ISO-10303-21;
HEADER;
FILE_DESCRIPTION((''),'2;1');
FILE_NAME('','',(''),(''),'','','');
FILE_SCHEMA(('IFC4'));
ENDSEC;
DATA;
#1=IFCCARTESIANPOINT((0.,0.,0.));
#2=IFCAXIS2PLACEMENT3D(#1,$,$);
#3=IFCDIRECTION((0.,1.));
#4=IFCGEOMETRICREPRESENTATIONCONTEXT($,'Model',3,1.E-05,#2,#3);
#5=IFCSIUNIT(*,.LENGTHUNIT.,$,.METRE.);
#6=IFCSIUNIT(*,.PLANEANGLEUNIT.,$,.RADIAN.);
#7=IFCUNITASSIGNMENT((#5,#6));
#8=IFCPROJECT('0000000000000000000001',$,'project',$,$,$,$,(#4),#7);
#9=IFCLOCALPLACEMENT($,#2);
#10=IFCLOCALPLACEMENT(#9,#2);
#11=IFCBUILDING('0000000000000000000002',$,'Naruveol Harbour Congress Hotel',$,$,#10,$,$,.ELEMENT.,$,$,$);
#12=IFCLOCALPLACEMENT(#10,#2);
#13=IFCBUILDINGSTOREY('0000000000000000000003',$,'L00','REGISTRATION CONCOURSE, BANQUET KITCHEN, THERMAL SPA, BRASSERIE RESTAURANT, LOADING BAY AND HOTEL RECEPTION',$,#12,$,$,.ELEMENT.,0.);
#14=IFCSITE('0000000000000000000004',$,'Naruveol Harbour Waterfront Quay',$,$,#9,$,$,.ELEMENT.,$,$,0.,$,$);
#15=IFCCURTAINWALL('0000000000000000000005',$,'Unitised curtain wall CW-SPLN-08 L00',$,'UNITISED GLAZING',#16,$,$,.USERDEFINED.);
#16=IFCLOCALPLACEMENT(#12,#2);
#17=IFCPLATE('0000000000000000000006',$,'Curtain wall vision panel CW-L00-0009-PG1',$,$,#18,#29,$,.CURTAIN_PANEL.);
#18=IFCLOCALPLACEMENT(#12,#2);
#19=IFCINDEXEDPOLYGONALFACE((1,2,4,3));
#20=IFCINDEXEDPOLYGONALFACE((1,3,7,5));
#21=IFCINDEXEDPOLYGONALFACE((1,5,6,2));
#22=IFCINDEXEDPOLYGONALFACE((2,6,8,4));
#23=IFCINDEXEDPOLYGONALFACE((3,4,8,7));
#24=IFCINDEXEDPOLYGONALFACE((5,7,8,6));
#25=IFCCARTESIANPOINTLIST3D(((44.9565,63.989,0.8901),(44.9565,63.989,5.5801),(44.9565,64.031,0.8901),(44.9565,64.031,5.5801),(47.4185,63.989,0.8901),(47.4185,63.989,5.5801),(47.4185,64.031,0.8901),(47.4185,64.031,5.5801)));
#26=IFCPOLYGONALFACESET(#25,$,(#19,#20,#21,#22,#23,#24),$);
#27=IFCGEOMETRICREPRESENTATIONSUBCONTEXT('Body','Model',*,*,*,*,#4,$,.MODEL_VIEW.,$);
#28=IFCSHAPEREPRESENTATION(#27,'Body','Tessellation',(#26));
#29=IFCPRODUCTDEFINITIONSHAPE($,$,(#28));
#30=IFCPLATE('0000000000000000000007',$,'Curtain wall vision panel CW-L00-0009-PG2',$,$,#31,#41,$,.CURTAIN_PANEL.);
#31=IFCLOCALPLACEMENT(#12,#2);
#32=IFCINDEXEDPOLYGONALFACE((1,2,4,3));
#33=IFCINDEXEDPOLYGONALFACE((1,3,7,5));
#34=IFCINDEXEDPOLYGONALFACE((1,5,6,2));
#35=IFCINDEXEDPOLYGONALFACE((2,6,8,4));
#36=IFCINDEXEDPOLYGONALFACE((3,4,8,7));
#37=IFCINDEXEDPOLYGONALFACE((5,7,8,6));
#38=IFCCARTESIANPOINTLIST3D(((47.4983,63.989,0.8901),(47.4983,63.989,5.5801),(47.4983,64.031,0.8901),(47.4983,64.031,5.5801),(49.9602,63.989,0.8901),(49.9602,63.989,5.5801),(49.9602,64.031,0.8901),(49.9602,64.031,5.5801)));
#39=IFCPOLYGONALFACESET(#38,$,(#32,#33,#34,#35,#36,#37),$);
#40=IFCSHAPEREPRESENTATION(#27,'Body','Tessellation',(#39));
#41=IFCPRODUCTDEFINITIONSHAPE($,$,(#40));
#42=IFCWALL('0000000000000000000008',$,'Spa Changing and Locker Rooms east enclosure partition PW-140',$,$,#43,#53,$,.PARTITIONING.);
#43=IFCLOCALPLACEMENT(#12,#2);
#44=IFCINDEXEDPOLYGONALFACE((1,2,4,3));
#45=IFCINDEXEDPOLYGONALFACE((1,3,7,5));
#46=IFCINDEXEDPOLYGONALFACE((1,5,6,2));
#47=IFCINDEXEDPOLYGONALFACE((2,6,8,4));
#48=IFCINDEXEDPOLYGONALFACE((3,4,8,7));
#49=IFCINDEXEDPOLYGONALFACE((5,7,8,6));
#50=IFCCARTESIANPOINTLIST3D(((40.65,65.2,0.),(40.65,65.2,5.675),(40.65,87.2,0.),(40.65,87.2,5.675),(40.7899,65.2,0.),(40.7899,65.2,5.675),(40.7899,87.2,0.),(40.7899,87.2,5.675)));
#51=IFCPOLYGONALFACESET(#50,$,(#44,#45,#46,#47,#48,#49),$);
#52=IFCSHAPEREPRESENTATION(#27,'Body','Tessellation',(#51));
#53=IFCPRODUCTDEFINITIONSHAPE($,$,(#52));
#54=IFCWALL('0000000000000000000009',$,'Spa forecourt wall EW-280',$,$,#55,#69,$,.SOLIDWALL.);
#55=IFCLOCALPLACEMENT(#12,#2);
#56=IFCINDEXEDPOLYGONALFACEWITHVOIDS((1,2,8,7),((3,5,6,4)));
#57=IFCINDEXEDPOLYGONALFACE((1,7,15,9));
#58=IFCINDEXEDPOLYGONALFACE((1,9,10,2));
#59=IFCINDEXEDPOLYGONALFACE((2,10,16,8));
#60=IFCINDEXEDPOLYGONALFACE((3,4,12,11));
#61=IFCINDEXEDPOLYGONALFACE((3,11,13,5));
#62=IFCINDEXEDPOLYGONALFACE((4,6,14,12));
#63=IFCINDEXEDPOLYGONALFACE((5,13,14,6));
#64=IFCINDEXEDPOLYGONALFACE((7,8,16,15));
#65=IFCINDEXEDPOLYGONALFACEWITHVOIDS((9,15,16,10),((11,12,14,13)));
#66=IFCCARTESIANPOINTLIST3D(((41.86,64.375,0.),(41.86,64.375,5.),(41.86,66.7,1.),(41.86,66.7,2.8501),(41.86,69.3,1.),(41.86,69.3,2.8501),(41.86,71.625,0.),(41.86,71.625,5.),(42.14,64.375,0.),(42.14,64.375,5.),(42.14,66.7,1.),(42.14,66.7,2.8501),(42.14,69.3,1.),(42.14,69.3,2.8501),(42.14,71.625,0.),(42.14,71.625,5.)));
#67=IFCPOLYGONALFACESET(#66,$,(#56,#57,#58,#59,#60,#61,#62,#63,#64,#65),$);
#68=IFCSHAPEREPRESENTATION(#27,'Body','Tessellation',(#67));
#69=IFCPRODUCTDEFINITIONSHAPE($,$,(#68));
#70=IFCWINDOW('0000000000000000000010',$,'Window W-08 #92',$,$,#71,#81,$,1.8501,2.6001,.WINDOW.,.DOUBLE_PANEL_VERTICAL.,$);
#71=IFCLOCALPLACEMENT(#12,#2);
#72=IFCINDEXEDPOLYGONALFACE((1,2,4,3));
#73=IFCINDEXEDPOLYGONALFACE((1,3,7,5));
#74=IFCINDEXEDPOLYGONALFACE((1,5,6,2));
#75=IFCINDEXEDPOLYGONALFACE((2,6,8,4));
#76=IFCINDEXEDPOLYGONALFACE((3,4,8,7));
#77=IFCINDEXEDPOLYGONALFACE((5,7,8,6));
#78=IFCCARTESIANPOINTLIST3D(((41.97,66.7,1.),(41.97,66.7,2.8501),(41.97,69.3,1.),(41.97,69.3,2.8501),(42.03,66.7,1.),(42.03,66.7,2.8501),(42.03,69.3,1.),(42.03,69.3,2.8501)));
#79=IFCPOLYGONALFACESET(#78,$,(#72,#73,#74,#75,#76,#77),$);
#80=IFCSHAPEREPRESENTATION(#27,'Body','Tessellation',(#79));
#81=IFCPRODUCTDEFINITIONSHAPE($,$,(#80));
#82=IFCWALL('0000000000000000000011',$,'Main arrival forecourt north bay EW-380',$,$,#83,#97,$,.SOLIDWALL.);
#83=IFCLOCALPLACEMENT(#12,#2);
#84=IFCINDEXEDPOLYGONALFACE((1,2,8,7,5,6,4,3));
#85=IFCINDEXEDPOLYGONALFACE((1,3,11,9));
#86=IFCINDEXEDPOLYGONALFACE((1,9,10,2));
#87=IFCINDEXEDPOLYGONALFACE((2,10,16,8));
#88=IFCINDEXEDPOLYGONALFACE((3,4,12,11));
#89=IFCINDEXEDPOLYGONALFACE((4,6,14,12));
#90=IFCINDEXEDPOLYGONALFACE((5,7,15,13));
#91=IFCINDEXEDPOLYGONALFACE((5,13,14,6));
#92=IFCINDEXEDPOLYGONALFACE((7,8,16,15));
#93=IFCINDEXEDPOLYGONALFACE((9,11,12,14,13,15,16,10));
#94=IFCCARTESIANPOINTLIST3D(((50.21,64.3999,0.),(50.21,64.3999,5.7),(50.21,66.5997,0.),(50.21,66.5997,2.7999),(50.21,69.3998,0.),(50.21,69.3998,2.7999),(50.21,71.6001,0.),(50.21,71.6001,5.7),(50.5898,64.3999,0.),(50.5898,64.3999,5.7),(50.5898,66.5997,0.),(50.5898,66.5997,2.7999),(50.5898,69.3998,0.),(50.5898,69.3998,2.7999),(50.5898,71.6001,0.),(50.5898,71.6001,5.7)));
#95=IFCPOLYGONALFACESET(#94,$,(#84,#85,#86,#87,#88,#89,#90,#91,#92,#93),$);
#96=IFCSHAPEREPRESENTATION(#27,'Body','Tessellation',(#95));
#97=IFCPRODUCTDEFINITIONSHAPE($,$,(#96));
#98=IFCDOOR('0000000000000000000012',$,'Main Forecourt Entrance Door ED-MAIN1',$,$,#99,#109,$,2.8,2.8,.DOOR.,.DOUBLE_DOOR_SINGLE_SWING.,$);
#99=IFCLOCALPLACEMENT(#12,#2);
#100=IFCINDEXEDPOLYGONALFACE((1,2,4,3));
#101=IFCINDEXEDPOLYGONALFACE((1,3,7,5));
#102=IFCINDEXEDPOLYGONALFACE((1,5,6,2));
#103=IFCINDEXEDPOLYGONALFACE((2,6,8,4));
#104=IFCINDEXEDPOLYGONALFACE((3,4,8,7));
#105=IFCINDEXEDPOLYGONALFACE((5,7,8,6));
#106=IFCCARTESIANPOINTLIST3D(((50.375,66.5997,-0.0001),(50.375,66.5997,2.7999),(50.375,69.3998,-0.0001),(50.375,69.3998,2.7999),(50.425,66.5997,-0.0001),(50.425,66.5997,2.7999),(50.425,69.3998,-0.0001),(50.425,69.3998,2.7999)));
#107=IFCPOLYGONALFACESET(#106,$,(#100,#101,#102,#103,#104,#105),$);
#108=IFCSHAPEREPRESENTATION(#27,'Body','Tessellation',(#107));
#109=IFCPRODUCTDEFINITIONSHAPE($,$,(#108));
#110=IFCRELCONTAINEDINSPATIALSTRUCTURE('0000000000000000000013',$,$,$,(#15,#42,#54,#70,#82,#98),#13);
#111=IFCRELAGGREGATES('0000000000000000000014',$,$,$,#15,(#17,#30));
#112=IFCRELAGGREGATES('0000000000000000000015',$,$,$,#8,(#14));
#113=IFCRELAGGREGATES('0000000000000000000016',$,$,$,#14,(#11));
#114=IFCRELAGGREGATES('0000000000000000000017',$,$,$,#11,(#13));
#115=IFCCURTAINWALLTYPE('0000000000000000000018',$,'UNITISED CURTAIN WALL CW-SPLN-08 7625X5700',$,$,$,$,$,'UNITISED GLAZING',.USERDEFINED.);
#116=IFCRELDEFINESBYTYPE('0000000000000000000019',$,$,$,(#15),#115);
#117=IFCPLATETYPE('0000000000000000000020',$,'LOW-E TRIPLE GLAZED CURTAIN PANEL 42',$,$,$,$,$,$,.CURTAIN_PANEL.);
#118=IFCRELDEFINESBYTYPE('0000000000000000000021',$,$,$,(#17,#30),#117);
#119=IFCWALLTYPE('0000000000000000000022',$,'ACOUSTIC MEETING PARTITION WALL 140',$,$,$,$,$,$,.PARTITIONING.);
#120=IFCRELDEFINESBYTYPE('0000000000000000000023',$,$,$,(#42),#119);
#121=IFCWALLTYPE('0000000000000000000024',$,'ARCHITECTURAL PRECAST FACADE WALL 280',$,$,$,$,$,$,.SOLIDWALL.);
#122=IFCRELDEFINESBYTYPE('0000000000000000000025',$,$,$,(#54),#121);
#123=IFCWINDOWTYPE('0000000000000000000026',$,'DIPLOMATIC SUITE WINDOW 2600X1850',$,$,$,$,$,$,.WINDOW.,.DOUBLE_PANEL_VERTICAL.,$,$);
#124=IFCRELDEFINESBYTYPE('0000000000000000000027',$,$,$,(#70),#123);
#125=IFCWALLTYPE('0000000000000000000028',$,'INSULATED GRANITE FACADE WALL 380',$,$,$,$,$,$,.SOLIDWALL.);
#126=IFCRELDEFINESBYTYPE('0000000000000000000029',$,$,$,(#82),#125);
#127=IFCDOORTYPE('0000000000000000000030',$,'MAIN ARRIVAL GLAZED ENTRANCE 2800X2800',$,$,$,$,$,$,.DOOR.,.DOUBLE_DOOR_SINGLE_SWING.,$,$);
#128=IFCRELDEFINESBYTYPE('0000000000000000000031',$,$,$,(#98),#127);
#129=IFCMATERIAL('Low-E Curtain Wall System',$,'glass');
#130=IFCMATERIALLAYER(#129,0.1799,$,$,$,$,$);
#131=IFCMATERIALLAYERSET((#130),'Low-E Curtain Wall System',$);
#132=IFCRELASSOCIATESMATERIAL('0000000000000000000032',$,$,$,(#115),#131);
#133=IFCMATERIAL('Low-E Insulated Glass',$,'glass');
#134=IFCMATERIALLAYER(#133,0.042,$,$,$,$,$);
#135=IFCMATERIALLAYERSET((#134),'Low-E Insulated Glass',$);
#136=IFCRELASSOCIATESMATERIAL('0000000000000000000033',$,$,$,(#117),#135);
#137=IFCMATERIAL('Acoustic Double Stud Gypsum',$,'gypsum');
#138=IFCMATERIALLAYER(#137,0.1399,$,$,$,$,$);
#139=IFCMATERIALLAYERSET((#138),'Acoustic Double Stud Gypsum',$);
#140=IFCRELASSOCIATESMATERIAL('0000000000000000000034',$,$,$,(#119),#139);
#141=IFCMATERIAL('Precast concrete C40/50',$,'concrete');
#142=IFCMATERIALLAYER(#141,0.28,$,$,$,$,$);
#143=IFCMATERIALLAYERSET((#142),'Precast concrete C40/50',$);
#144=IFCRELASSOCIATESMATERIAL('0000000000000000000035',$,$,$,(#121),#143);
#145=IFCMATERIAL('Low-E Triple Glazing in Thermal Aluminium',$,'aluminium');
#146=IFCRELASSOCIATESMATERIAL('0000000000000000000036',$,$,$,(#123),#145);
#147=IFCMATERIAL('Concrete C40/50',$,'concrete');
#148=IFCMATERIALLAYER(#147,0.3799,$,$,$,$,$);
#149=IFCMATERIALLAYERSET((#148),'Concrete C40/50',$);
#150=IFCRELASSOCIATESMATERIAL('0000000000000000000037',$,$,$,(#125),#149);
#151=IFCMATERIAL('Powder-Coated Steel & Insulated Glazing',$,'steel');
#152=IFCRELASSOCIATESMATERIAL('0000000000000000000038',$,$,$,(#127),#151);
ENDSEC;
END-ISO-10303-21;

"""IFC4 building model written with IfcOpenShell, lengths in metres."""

from ifc_helpers import new_model, si_unit, direction, frame, frame_2d, origin, origin_2d, place, context, subcontext, project, spatial, rectangle, extrude, material, layer, layer_set, type_object, element, fill, aggregate, save


model = new_model("IFC4")

# Units and contexts
model_context = context("Model", 3, precision=1e-05, world=origin(), true_north=direction((0.0, 1.0)))
body_context = subcontext(model_context, "Body", "Model", "MODEL_VIEW")
ifc_project = project(units=[si_unit("LENGTHUNIT", "METRE"), si_unit("PLANEANGLEUNIT", "RADIAN")], contexts=[model_context])

# Site, building, storey
site_placement = place(None, origin())
site = spatial("IfcSite", under=ifc_project, at=site_placement, Name="Naruveol Harbour Waterfront Quay", CompositionType="ELEMENT", RefElevation=0.0)
building_placement = place(site_placement, origin())
building = spatial("IfcBuilding", under=site, at=building_placement, Name="Naruveol Harbour Congress Hotel", CompositionType="ELEMENT")
storey_placement = place(building_placement, origin())
storey = spatial("IfcBuildingStorey", under=building, at=storey_placement, Name="L00", Description="REGISTRATION CONCOURSE, BANQUET KITCHEN, THERMAL SPA, BRASSERIE RESTAURANT, LOADING BAY AND HOTEL RECEPTION", CompositionType="ELEMENT", Elevation=0.0)

# Curtain wall
ifc_material_1 = material(Name="Low-E Curtain Wall System", Category="glass")
ifc_layer_1 = layer(ifc_material_1, 0.1799)
ifc_layer_set_1 = layer_set([ifc_layer_1], Name="Low-E Curtain Wall System")
curtain_wall_type_1 = type_object("IfcCurtainWallType", Name="UNITISED CURTAIN WALL CW-SPLN-08 7625X5700", ElementType="UNITISED GLAZING", PredefinedType="USERDEFINED", material=ifc_layer_set_1)
curtain_wall_1_placement = place(storey_placement, origin())
curtain_wall_1 = element("IfcCurtainWall", 1, at=curtain_wall_1_placement, inside=storey, type_object=curtain_wall_type_1, Name="Unitised curtain wall CW-SPLN-08 L00", ObjectType="UNITISED GLAZING", PredefinedType="USERDEFINED")

# Plates
ifc_material_2 = material(Name="Low-E Insulated Glass", Category="glass")
ifc_layer_2 = layer(ifc_material_2, 0.042)
ifc_layer_set_2 = layer_set([ifc_layer_2], Name="Low-E Insulated Glass")
plate_type_1 = type_object("IfcPlateType", Name="LOW-E TRIPLE GLAZED CURTAIN PANEL 42", PredefinedType="CURTAIN_PANEL", material=ifc_layer_set_2)
plate_1_placement = place(storey_placement, frame((46.1875, 64.01, 0.8901), z_axis=(0.0, 0.0, 1.0), x_axis=(1.0, 0.0, 0.0)))
plate_1 = element("IfcPlate", 2, at=plate_1_placement, type_object=plate_type_1, Name="Curtain wall vision panel CW-L00-0009-PG1", PredefinedType="CURTAIN_PANEL", context=body_context, shape_type="SweptSolid", body=[
    extrude(rectangle(XDim=2.4619, YDim=0.042, at=origin_2d()), origin(), (0.0, 0.0, 1.0), 4.6899),
])
plate_2_placement = place(storey_placement, frame((48.7292, 64.01, 0.8901), z_axis=(0.0, 0.0, 1.0), x_axis=(1.0, 0.0, 0.0)))
plate_2 = element("IfcPlate", 3, at=plate_2_placement, type_object=plate_type_1, Name="Curtain wall vision panel CW-L00-0009-PG2", PredefinedType="CURTAIN_PANEL", context=body_context, shape_type="SweptSolid", body=[
    extrude(rectangle(XDim=2.4619, YDim=0.042, at=origin_2d()), origin(), (0.0, 0.0, 1.0), 4.6899),
])
aggregate(curtain_wall_1, [plate_1, plate_2])

# Wall
ifc_material_3 = material(Name="Acoustic Double Stud Gypsum", Category="gypsum")
ifc_layer_3 = layer(ifc_material_3, 0.1399)
ifc_layer_set_3 = layer_set([ifc_layer_3], Name="Acoustic Double Stud Gypsum")
wall_type_1 = type_object("IfcWallType", Name="ACOUSTIC MEETING PARTITION WALL 140", PredefinedType="PARTITIONING", material=ifc_layer_set_3)
wall_1_placement = place(storey_placement, frame((40.72, 65.2, 0.0), z_axis=(0.0, 0.0, 1.0), x_axis=(0.0, 1.0, 0.0)))
element("IfcWall", 4, at=wall_1_placement, inside=storey, type_object=wall_type_1, Name="Spa Changing and Locker Rooms east enclosure partition PW-140", PredefinedType="PARTITIONING", context=body_context, shape_type="SweptSolid", body=[
    extrude(rectangle(XDim=22.0, YDim=0.1399, at=frame_2d((11.0, 0.0))), origin(), (0.0, 0.0, 1.0), 5.675),
])

# Wall, opening, window
ifc_material_4 = material(Name="Precast concrete C40/50", Category="concrete")
ifc_layer_4 = layer(ifc_material_4, 0.28)
ifc_layer_set_4 = layer_set([ifc_layer_4], Name="Precast concrete C40/50")
wall_type_2 = type_object("IfcWallType", Name="ARCHITECTURAL PRECAST FACADE WALL 280", PredefinedType="SOLIDWALL", material=ifc_layer_set_4)
wall_2_placement = place(storey_placement, frame((42.0, 71.625, 0.0), z_axis=(0.0, 0.0, 1.0), x_axis=(0.0, -1.0, 0.0)))
wall_2 = element("IfcWall", 5, at=wall_2_placement, inside=storey, type_object=wall_type_2, Name="Spa forecourt wall EW-280", PredefinedType="SOLIDWALL", context=body_context, shape_type="SweptSolid", body=[
    extrude(rectangle(XDim=7.25, YDim=0.28, at=frame_2d((3.625, 0.0))), origin(), (0.0, 0.0, 1.0), 5.0),
])
opening_1_placement = place(wall_2_placement, frame((2.325, 0.0, 1.0)))
opening_1 = element("IfcOpeningElement", 6, at=opening_1_placement, cuts=wall_2, PredefinedType="OPENING", context=body_context, shape_type="SweptSolid", body=[
    extrude(rectangle(XDim=2.6001, YDim=1.8501, at=frame_2d((1.3, 0.925))), frame((0.0, 0.1499, 0.0), z_axis=(0.0, -1.0, 0.0), x_axis=(1.0, 0.0, 0.0)), (0.0, 0.0, 1.0), 0.3),
])
ifc_material_5 = material(Name="Low-E Triple Glazing in Thermal Aluminium", Category="aluminium")
window_type = type_object("IfcWindowType", Name="DIPLOMATIC SUITE WINDOW 2600X1850", PartitioningType="DOUBLE_PANEL_VERTICAL", PredefinedType="WINDOW", material=ifc_material_5)
window_placement = place(opening_1_placement, origin())
window = element("IfcWindow", 7, at=window_placement, inside=storey, type_object=window_type, Name="Window W-08 #92", OverallHeight=1.8501, OverallWidth=2.6001, PartitioningType="DOUBLE_PANEL_VERTICAL", PredefinedType="WINDOW", context=body_context, shape_type="SweptSolid", body=[
    extrude(rectangle(XDim=2.6001, YDim=1.8501, at=frame_2d((1.3, 0.925))), frame((0.0, 0.03, 0.0), z_axis=(0.0, -1.0, 0.0), x_axis=(1.0, 0.0, 0.0)), (0.0, 0.0, 1.0), 0.0601),
])
fill(opening_1, window)

# Wall, opening, door
ifc_material_6 = material(Name="Concrete C40/50", Category="concrete")
ifc_layer_5 = layer(ifc_material_6, 0.3799)
ifc_layer_set_5 = layer_set([ifc_layer_5], Name="Concrete C40/50")
wall_type_3 = type_object("IfcWallType", Name="INSULATED GRANITE FACADE WALL 380", PredefinedType="SOLIDWALL", material=ifc_layer_set_5)
wall_3_placement = place(storey_placement, frame((50.3999, 64.3999, 0.0), z_axis=(0.0, 0.0, 1.0), x_axis=(0.0, 1.0, 0.0)))
wall_3 = element("IfcWall", 8, at=wall_3_placement, inside=storey, type_object=wall_type_3, Name="Main arrival forecourt north bay EW-380", PredefinedType="SOLIDWALL", context=body_context, shape_type="SweptSolid", body=[
    extrude(rectangle(XDim=7.2002, YDim=0.3799, at=frame_2d((3.6001, 0.0))), origin(), (0.0, 0.0, 1.0), 5.7),
])
opening_2_placement = place(wall_3_placement, frame((2.2, 0.0, 0.0)))
opening_2 = element("IfcOpeningElement", 9, at=opening_2_placement, cuts=wall_3, PredefinedType="OPENING", context=body_context, shape_type="SweptSolid", body=[
    extrude(rectangle(XDim=2.8, YDim=2.8, at=frame_2d((1.3999, 1.3999))), frame((0.0, 0.2, 0.0), z_axis=(0.0, -1.0, 0.0), x_axis=(1.0, 0.0, 0.0)), (0.0, 0.0, 1.0), 0.3999),
])
ifc_material_7 = material(Name="Powder-Coated Steel & Insulated Glazing", Category="steel")
door_type = type_object("IfcDoorType", Name="MAIN ARRIVAL GLAZED ENTRANCE 2800X2800", OperationType="DOUBLE_DOOR_SINGLE_SWING", PredefinedType="DOOR", material=ifc_material_7)
door_placement = place(opening_2_placement, origin())
door = element("IfcDoor", 10, at=door_placement, inside=storey, type_object=door_type, Name="Main Forecourt Entrance Door ED-MAIN1", OperationType="DOUBLE_DOOR_SINGLE_SWING", OverallHeight=2.8, OverallWidth=2.8, PredefinedType="DOOR", context=body_context, shape_type="SweptSolid", body=[
    extrude(rectangle(XDim=2.8, YDim=2.8, at=frame_2d((1.3999, 1.3999))), frame((0.0, 0.0249, 0.0), z_axis=(0.0, -1.0, 0.0), x_axis=(1.0, 0.0, 0.0)), (0.0, 0.0, 1.0), 0.05),
])
fill(opening_2, door)

save(model, "model.ifc")
